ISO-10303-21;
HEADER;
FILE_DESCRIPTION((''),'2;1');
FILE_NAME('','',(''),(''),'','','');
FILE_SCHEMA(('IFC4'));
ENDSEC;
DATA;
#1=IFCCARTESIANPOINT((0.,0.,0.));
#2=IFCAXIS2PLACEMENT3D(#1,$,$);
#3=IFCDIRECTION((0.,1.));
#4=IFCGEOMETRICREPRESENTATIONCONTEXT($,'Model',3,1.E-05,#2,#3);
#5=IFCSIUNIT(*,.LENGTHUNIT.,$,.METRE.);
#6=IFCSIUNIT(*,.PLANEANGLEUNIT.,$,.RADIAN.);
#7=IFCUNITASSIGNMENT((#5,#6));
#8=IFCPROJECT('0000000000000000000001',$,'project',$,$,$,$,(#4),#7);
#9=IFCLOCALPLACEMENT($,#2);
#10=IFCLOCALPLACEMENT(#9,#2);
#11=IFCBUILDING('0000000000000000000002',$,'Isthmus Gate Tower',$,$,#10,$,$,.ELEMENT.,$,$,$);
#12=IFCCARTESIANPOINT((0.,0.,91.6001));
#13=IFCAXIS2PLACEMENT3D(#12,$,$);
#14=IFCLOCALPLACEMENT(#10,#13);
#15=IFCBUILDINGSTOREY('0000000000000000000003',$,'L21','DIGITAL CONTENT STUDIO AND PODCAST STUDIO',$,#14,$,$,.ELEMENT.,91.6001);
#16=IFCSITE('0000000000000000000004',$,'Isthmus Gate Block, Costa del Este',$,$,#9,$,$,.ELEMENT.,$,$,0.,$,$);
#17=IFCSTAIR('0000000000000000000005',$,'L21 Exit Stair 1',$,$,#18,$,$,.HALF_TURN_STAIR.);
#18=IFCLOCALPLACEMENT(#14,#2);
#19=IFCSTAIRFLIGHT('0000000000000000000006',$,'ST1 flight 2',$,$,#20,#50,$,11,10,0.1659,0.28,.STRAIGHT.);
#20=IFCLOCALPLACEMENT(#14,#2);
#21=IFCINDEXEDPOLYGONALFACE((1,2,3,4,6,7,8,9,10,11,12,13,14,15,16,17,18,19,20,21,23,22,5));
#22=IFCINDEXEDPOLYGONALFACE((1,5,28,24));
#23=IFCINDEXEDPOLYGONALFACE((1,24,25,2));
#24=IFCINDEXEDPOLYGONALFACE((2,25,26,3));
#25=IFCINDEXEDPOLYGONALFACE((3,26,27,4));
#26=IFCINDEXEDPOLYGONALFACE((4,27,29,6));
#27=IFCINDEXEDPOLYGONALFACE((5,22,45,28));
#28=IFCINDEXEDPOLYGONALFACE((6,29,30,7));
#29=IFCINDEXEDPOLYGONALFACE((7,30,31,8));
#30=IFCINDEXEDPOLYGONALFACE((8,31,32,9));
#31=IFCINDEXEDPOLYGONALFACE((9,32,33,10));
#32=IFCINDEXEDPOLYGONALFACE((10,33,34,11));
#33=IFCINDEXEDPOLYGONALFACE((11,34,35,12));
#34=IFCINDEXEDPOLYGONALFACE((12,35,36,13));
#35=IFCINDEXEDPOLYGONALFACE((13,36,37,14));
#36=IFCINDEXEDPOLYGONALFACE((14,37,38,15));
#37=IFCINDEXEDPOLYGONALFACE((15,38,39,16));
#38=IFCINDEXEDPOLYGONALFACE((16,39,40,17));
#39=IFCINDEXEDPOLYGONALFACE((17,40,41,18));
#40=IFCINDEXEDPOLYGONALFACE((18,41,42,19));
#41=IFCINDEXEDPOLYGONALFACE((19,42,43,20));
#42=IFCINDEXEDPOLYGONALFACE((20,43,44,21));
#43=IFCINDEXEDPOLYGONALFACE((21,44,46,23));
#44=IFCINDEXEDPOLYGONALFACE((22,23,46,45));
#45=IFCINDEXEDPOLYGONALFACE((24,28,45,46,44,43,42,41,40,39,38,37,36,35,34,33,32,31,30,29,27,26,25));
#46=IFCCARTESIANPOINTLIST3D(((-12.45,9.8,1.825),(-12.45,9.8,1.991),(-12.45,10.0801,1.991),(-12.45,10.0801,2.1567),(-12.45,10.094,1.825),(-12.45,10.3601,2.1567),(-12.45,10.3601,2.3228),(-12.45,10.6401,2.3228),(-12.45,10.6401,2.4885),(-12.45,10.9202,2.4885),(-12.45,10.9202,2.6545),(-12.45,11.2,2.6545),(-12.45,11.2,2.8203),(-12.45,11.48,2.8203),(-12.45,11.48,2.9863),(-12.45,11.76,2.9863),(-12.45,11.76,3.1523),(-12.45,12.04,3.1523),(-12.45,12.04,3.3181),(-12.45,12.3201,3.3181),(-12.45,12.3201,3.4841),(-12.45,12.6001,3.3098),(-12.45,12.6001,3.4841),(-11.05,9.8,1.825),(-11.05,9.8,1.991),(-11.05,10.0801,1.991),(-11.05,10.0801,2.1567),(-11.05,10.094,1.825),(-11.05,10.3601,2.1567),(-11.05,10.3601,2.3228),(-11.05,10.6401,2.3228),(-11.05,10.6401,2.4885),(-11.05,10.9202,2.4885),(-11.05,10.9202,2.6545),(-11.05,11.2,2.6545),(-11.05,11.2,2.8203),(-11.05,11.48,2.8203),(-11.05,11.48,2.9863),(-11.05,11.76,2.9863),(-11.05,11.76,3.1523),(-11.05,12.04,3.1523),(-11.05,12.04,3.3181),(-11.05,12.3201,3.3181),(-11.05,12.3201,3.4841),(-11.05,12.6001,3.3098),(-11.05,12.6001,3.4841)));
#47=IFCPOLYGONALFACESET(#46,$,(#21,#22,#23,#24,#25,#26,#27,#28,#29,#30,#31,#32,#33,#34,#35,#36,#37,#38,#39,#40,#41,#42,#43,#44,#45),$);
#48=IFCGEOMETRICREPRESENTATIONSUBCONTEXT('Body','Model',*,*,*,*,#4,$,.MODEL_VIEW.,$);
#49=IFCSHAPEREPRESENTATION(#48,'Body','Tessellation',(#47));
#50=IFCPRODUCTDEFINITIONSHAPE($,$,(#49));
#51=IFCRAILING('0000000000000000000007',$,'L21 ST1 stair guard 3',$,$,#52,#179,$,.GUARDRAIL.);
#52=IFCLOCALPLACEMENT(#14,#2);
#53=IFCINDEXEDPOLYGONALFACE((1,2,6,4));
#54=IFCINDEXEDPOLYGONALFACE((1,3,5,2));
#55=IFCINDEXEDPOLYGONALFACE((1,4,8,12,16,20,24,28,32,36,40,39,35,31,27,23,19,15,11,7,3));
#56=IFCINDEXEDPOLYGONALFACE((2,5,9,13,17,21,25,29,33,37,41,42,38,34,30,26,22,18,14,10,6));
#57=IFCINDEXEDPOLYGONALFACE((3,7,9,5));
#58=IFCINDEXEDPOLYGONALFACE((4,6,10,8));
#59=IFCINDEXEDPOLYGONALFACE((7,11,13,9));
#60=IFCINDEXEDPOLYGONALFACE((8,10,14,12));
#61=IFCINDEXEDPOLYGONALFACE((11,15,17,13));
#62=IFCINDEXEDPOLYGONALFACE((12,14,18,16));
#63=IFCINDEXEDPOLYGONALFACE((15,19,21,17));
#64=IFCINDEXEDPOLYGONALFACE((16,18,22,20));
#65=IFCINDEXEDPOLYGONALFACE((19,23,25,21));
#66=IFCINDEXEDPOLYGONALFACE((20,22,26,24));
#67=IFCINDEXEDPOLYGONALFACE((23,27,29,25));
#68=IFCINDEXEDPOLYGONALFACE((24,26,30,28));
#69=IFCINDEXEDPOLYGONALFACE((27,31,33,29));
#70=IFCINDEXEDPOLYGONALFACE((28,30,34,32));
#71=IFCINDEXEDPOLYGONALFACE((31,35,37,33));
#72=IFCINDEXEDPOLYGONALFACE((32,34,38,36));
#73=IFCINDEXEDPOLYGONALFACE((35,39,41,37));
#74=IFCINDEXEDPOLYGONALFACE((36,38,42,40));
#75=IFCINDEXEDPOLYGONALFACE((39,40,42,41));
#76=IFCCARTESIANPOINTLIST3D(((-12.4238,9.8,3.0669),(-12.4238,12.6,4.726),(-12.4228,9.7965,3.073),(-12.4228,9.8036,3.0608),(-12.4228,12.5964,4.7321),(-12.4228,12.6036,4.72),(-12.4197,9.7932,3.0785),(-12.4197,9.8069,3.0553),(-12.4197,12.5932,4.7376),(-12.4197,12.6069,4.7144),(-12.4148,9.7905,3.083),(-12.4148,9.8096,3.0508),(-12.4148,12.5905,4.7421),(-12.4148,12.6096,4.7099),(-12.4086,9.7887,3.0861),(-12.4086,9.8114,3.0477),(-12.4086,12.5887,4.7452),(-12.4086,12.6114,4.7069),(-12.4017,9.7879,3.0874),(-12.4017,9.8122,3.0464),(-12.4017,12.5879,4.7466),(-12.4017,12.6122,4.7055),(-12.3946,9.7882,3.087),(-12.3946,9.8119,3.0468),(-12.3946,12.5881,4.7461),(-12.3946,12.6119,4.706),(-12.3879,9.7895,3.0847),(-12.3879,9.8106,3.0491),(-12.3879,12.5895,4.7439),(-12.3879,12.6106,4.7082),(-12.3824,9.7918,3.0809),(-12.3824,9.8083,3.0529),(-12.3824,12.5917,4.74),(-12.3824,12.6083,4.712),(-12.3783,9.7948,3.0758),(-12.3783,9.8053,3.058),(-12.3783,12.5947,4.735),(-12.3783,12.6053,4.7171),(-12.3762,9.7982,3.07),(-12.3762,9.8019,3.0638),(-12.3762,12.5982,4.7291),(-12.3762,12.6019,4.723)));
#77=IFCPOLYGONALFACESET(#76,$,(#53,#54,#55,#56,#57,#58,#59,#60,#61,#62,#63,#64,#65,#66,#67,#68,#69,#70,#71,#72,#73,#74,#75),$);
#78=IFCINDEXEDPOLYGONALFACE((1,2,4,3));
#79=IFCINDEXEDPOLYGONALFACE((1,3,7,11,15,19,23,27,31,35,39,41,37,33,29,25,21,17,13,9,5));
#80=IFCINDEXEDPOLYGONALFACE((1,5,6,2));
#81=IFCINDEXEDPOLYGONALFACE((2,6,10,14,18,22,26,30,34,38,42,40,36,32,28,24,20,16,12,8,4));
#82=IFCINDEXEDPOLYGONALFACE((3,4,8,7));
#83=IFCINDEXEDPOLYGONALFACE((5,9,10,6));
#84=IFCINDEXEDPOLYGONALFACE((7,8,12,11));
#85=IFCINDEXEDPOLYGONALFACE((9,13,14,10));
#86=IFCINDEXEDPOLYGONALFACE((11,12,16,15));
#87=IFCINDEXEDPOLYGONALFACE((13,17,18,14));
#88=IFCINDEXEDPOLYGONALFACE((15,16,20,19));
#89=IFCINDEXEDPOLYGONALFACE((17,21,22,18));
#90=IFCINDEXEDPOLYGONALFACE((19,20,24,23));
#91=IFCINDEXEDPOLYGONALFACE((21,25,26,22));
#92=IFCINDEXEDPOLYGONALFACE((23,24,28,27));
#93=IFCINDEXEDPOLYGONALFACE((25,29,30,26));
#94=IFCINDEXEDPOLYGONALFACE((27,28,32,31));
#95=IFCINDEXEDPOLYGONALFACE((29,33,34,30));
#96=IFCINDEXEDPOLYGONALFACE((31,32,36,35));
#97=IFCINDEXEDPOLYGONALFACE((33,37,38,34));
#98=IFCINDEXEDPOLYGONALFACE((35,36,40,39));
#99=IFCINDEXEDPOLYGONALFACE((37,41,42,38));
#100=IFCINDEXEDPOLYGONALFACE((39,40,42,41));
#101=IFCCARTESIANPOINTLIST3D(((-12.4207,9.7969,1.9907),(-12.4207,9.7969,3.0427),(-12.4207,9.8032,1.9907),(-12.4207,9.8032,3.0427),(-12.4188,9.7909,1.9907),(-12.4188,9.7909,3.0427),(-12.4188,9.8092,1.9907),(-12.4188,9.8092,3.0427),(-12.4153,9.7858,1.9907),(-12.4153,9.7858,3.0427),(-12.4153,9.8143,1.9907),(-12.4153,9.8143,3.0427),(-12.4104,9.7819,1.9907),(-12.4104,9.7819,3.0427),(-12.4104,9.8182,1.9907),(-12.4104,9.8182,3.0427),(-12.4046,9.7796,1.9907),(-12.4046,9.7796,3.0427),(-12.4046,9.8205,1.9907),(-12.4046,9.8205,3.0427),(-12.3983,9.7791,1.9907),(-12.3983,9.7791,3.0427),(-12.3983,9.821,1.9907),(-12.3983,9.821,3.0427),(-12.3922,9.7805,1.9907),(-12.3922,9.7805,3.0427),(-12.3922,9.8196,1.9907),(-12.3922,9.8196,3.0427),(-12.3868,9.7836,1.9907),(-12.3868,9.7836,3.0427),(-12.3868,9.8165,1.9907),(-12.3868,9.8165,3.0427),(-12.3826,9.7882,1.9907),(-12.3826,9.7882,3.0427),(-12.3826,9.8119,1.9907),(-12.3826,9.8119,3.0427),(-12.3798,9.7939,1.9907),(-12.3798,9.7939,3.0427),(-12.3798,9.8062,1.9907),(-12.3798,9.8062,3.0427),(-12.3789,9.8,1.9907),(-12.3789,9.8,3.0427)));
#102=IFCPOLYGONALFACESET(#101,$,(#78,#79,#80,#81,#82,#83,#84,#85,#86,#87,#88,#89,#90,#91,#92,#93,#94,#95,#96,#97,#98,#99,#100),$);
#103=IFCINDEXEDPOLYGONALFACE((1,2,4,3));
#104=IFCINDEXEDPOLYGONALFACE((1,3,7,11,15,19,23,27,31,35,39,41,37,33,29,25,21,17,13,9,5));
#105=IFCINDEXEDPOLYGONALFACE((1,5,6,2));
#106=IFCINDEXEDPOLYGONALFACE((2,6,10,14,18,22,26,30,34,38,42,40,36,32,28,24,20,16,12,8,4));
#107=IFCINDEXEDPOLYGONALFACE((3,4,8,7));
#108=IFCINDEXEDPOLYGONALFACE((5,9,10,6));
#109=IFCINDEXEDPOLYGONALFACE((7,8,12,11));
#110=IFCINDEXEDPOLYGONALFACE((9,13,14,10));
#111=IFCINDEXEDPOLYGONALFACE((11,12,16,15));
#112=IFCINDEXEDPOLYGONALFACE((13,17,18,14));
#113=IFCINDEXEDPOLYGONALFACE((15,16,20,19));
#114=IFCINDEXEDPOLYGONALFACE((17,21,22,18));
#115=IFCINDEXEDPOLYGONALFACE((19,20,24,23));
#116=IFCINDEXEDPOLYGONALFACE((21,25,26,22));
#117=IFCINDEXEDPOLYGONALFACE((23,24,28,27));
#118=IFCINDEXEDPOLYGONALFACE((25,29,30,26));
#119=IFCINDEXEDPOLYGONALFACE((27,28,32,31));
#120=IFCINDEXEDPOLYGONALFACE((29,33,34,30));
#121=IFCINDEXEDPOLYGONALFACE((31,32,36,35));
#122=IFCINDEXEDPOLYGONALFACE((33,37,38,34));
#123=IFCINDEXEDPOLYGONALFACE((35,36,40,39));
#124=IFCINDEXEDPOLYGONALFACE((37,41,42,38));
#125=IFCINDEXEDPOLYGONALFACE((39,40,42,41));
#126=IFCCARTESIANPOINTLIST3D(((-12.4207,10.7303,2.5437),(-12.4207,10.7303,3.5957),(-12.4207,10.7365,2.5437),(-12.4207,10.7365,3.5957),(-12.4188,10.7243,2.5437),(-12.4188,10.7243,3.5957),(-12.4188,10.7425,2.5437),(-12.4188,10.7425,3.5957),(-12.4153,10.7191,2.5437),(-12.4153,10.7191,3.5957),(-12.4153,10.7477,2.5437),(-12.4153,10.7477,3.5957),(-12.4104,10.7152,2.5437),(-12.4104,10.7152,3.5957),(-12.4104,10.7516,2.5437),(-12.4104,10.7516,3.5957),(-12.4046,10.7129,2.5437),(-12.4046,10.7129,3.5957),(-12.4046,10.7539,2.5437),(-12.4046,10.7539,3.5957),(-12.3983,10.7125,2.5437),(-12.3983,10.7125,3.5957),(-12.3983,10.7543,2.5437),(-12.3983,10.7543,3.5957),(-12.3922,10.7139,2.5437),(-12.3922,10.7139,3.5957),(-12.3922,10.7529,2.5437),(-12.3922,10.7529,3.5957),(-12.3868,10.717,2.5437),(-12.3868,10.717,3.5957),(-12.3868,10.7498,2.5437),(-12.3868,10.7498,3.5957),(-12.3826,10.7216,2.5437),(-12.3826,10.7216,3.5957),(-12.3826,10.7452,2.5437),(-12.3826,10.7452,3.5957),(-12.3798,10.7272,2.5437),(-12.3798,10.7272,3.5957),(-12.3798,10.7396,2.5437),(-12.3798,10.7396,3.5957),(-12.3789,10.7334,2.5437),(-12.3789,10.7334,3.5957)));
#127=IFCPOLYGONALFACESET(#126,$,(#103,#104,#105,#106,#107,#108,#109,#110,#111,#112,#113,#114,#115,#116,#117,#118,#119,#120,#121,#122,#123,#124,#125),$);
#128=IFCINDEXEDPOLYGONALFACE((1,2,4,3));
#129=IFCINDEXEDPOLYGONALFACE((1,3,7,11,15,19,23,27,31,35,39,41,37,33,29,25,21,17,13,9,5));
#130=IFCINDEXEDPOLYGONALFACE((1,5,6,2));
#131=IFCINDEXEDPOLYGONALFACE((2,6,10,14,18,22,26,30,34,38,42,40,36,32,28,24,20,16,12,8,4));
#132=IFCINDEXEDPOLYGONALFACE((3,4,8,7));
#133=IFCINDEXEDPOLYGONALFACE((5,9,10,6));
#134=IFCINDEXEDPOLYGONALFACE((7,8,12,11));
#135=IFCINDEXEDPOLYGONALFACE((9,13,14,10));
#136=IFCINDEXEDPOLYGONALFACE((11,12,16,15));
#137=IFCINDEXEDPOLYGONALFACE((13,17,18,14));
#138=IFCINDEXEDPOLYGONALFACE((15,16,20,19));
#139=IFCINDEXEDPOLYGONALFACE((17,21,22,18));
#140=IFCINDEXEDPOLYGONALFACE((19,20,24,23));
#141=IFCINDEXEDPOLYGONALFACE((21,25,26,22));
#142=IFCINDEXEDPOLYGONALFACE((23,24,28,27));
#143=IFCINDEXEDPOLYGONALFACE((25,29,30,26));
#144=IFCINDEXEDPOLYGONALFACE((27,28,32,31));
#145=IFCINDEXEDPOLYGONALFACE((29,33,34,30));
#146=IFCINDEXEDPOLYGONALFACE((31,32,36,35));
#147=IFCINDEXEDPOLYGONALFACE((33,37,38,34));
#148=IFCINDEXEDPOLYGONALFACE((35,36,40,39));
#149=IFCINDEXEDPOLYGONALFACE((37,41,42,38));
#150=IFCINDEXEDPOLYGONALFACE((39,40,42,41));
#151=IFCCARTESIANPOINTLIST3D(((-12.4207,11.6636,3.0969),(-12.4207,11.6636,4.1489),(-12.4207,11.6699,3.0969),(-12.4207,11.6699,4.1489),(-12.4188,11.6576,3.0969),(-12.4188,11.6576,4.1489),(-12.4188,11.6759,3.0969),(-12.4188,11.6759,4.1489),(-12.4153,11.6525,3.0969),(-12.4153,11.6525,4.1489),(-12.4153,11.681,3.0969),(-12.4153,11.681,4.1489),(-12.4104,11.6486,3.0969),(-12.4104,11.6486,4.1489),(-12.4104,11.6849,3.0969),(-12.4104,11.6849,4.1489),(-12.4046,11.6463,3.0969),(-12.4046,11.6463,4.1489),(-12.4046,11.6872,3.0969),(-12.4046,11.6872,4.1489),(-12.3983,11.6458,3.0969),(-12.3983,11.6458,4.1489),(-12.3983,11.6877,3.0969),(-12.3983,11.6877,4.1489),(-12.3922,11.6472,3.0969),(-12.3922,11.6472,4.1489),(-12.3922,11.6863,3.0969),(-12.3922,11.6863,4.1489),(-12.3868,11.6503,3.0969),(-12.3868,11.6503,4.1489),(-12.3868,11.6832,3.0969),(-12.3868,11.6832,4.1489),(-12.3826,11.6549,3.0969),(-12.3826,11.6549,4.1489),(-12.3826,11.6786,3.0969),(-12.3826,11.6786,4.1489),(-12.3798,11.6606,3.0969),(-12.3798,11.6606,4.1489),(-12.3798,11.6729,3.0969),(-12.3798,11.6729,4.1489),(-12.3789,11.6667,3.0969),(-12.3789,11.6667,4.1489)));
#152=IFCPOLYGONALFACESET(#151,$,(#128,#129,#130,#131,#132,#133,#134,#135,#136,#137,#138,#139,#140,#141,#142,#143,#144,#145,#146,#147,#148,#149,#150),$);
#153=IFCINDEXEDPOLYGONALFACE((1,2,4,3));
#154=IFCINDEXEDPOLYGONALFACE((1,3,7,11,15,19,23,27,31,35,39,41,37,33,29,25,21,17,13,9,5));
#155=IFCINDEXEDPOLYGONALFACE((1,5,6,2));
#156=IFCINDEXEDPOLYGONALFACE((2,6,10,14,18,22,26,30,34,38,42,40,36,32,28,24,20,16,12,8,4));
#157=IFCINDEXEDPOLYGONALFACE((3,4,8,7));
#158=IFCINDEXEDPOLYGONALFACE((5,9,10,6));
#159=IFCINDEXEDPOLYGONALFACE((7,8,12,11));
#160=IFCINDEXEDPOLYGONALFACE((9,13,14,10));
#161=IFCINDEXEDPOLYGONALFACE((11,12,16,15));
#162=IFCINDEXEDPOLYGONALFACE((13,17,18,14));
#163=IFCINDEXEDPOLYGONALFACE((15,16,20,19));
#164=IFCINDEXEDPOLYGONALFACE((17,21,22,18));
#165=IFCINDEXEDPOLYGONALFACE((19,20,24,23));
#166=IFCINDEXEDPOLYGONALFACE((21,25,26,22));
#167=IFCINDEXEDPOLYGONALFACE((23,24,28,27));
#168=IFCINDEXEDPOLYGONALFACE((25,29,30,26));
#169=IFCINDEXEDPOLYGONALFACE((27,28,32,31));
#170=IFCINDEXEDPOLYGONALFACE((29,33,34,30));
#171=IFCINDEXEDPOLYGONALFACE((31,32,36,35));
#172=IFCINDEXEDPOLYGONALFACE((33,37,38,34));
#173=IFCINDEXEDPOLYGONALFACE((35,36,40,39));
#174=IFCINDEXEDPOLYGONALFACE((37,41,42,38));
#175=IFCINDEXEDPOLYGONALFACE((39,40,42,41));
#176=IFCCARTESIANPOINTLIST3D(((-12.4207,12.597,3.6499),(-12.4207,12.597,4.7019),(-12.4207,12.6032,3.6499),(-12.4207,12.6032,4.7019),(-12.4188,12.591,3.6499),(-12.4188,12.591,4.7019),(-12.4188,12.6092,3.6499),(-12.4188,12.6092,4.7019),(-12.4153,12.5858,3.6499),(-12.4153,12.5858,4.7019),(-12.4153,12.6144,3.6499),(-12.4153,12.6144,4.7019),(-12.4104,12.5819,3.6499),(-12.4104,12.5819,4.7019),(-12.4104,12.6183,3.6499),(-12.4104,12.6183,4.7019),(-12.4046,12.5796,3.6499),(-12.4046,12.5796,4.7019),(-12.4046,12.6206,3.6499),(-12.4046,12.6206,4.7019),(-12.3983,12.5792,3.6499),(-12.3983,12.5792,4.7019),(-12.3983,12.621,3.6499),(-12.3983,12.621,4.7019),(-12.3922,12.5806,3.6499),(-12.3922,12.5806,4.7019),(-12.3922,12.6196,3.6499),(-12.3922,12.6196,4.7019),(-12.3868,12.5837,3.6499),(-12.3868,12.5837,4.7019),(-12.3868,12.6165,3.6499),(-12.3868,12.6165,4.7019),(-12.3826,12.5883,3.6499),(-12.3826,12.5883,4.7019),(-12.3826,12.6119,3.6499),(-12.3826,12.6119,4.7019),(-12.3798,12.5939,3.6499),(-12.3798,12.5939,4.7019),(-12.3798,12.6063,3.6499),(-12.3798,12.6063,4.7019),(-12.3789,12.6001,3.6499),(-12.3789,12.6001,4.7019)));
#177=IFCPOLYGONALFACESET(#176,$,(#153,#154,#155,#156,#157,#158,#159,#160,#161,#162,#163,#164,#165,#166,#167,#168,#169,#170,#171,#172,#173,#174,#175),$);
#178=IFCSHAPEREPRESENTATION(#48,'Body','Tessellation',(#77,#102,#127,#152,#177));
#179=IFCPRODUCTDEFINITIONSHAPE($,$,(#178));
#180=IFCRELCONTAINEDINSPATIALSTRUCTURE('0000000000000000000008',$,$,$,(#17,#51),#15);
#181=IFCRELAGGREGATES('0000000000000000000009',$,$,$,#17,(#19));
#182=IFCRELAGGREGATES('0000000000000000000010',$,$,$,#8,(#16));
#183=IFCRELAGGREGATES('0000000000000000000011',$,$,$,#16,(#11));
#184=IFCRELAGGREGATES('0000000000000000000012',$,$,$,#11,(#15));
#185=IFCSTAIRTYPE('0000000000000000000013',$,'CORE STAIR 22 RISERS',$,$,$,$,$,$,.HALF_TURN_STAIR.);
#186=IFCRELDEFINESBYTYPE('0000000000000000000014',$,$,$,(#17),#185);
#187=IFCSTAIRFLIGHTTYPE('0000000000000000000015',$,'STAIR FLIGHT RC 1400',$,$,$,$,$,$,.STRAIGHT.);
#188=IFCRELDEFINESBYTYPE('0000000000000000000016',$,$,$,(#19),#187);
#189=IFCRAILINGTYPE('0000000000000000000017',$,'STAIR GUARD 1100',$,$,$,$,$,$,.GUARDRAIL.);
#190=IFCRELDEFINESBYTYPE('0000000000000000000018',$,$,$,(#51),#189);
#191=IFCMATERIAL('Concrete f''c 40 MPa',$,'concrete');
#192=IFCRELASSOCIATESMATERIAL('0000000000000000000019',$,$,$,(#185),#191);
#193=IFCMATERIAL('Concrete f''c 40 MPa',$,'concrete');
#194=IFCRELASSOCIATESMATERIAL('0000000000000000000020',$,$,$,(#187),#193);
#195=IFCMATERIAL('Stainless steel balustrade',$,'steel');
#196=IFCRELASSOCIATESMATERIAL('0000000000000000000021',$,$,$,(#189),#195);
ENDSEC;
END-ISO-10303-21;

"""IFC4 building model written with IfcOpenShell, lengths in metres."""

from ifc_helpers import new_model, si_unit, direction, frame, origin, origin_2d, place, context, subcontext, project, spatial, polyline, circle, outline, extrude, material, type_object, element, aggregate, save


model = new_model("IFC4")

# Units and contexts
model_context = context("Model", 3, precision=1e-05, world=origin(), true_north=direction((0.0, 1.0)))
body_context = subcontext(model_context, "Body", "Model", "MODEL_VIEW")
ifc_project = project(units=[si_unit("LENGTHUNIT", "METRE"), si_unit("PLANEANGLEUNIT", "RADIAN")], contexts=[model_context])

# Site, building, storey
site_placement = place(None, origin())
site = spatial("IfcSite", under=ifc_project, at=site_placement, Name="Isthmus Gate Block, Costa del Este", CompositionType="ELEMENT", RefElevation=0.0)
building_placement = place(site_placement, origin())
building = spatial("IfcBuilding", under=site, at=building_placement, Name="Isthmus Gate Tower", CompositionType="ELEMENT")
storey_placement = place(building_placement, frame((0.0, 0.0, 91.6001)))
storey = spatial("IfcBuildingStorey", under=building, at=storey_placement, Name="L21", Description="DIGITAL CONTENT STUDIO AND PODCAST STUDIO", CompositionType="ELEMENT", Elevation=91.6001)

# Stair, stair flight
ifc_material_1 = material(Name="Concrete f'c 40 MPa", Category="concrete")
stair_type = type_object("IfcStairType", Name="CORE STAIR 22 RISERS", PredefinedType="HALF_TURN_STAIR", material=ifc_material_1)
stair_placement = place(storey_placement, origin())
stair = element("IfcStair", 1, at=stair_placement, inside=storey, type_object=stair_type, Name="L21 Exit Stair 1", PredefinedType="HALF_TURN_STAIR")
ifc_material_2 = material(Name="Concrete f'c 40 MPa", Category="concrete")
stair_flight_type = type_object("IfcStairFlightType", Name="STAIR FLIGHT RC 1400", PredefinedType="STRAIGHT", material=ifc_material_2)
stair_flight_placement = place(storey_placement, frame((-11.75, 9.8, 1.825), z_axis=(0.0, 0.0, 1.0), x_axis=(0.0, 1.0, 0.0)))
stair_flight = element("IfcStairFlight", 2, at=stair_flight_placement, type_object=stair_flight_type, Name="ST1 flight 2", NumberOfRisers=11, NumberOfTreads=10, PredefinedType="STRAIGHT", RiserHeight=0.1659, TreadLength=0.28, context=body_context, shape_type="SweptSolid", body=[
    extrude(outline(polyline([(0.0, 0.0), (0.0, 0.166), (0.28, 0.166), (0.28, 0.3318), (0.5601, 0.3318), (0.5601, 0.4978), (0.8401, 0.4978), (0.8401, 0.6636), (1.1201, 0.6636), (1.1201, 0.8296), (1.3999, 0.8296), (1.3999, 0.9954), (1.6799, 0.9954), (1.6799, 1.1614), (1.96, 1.1614), (1.96, 1.3274), (2.24, 1.3274), (2.24, 1.4932), (2.52, 1.4932), (2.52, 1.6592), (2.8, 1.6592), (2.8, 1.825), (2.8, 1.4849), (0.2939, 0.0), (0.0, 0.0)])), frame((0.0, 0.7, 0.0), z_axis=(0.0, -1.0, 0.0), x_axis=(1.0, 0.0, 0.0)), (0.0, 0.0, 1.0), 1.3999),
])
aggregate(stair, [stair_flight])

# Railing
ifc_material_3 = material(Name="Stainless steel balustrade", Category="steel")
railing_type_1 = type_object("IfcRailingType", Name="STAIR GUARD 1100", PredefinedType="GUARDRAIL", material=ifc_material_3)
railing_1_placement = place(storey_placement, frame((-12.3999, 9.8, 1.9907)))
element("IfcRailing", 3, at=railing_1_placement, inside=storey, type_object=railing_type_1, Name="L21 ST1 stair guard 3", PredefinedType="GUARDRAIL", context=body_context, shape_type="SweptSolid", body=[
    extrude(circle(Radius=0.0239, at=origin_2d()), frame((0.0, 0.0, 1.0762), z_axis=(0.0, 0.860306, 0.509778), x_axis=(-1.0, 0.0, 0.0)), (0.0, 0.0, 1.0), 3.2546),
    extrude(circle(Radius=0.021, at=origin_2d()), origin(), (0.0, 0.0, 1.0), 1.052),
    extrude(circle(Radius=0.021, at=origin_2d()), frame((0.0, 0.9333, 0.553)), (0.0, 0.0, 1.0), 1.052),
    extrude(circle(Radius=0.021, at=origin_2d()), frame((0.0, 1.8667, 1.1062)), (0.0, 0.0, 1.0), 1.052),
    extrude(circle(Radius=0.021, at=origin_2d()), frame((0.0, 2.8, 1.6592)), (0.0, 0.0, 1.0), 1.052),
])

save(model, "model.ifc")
